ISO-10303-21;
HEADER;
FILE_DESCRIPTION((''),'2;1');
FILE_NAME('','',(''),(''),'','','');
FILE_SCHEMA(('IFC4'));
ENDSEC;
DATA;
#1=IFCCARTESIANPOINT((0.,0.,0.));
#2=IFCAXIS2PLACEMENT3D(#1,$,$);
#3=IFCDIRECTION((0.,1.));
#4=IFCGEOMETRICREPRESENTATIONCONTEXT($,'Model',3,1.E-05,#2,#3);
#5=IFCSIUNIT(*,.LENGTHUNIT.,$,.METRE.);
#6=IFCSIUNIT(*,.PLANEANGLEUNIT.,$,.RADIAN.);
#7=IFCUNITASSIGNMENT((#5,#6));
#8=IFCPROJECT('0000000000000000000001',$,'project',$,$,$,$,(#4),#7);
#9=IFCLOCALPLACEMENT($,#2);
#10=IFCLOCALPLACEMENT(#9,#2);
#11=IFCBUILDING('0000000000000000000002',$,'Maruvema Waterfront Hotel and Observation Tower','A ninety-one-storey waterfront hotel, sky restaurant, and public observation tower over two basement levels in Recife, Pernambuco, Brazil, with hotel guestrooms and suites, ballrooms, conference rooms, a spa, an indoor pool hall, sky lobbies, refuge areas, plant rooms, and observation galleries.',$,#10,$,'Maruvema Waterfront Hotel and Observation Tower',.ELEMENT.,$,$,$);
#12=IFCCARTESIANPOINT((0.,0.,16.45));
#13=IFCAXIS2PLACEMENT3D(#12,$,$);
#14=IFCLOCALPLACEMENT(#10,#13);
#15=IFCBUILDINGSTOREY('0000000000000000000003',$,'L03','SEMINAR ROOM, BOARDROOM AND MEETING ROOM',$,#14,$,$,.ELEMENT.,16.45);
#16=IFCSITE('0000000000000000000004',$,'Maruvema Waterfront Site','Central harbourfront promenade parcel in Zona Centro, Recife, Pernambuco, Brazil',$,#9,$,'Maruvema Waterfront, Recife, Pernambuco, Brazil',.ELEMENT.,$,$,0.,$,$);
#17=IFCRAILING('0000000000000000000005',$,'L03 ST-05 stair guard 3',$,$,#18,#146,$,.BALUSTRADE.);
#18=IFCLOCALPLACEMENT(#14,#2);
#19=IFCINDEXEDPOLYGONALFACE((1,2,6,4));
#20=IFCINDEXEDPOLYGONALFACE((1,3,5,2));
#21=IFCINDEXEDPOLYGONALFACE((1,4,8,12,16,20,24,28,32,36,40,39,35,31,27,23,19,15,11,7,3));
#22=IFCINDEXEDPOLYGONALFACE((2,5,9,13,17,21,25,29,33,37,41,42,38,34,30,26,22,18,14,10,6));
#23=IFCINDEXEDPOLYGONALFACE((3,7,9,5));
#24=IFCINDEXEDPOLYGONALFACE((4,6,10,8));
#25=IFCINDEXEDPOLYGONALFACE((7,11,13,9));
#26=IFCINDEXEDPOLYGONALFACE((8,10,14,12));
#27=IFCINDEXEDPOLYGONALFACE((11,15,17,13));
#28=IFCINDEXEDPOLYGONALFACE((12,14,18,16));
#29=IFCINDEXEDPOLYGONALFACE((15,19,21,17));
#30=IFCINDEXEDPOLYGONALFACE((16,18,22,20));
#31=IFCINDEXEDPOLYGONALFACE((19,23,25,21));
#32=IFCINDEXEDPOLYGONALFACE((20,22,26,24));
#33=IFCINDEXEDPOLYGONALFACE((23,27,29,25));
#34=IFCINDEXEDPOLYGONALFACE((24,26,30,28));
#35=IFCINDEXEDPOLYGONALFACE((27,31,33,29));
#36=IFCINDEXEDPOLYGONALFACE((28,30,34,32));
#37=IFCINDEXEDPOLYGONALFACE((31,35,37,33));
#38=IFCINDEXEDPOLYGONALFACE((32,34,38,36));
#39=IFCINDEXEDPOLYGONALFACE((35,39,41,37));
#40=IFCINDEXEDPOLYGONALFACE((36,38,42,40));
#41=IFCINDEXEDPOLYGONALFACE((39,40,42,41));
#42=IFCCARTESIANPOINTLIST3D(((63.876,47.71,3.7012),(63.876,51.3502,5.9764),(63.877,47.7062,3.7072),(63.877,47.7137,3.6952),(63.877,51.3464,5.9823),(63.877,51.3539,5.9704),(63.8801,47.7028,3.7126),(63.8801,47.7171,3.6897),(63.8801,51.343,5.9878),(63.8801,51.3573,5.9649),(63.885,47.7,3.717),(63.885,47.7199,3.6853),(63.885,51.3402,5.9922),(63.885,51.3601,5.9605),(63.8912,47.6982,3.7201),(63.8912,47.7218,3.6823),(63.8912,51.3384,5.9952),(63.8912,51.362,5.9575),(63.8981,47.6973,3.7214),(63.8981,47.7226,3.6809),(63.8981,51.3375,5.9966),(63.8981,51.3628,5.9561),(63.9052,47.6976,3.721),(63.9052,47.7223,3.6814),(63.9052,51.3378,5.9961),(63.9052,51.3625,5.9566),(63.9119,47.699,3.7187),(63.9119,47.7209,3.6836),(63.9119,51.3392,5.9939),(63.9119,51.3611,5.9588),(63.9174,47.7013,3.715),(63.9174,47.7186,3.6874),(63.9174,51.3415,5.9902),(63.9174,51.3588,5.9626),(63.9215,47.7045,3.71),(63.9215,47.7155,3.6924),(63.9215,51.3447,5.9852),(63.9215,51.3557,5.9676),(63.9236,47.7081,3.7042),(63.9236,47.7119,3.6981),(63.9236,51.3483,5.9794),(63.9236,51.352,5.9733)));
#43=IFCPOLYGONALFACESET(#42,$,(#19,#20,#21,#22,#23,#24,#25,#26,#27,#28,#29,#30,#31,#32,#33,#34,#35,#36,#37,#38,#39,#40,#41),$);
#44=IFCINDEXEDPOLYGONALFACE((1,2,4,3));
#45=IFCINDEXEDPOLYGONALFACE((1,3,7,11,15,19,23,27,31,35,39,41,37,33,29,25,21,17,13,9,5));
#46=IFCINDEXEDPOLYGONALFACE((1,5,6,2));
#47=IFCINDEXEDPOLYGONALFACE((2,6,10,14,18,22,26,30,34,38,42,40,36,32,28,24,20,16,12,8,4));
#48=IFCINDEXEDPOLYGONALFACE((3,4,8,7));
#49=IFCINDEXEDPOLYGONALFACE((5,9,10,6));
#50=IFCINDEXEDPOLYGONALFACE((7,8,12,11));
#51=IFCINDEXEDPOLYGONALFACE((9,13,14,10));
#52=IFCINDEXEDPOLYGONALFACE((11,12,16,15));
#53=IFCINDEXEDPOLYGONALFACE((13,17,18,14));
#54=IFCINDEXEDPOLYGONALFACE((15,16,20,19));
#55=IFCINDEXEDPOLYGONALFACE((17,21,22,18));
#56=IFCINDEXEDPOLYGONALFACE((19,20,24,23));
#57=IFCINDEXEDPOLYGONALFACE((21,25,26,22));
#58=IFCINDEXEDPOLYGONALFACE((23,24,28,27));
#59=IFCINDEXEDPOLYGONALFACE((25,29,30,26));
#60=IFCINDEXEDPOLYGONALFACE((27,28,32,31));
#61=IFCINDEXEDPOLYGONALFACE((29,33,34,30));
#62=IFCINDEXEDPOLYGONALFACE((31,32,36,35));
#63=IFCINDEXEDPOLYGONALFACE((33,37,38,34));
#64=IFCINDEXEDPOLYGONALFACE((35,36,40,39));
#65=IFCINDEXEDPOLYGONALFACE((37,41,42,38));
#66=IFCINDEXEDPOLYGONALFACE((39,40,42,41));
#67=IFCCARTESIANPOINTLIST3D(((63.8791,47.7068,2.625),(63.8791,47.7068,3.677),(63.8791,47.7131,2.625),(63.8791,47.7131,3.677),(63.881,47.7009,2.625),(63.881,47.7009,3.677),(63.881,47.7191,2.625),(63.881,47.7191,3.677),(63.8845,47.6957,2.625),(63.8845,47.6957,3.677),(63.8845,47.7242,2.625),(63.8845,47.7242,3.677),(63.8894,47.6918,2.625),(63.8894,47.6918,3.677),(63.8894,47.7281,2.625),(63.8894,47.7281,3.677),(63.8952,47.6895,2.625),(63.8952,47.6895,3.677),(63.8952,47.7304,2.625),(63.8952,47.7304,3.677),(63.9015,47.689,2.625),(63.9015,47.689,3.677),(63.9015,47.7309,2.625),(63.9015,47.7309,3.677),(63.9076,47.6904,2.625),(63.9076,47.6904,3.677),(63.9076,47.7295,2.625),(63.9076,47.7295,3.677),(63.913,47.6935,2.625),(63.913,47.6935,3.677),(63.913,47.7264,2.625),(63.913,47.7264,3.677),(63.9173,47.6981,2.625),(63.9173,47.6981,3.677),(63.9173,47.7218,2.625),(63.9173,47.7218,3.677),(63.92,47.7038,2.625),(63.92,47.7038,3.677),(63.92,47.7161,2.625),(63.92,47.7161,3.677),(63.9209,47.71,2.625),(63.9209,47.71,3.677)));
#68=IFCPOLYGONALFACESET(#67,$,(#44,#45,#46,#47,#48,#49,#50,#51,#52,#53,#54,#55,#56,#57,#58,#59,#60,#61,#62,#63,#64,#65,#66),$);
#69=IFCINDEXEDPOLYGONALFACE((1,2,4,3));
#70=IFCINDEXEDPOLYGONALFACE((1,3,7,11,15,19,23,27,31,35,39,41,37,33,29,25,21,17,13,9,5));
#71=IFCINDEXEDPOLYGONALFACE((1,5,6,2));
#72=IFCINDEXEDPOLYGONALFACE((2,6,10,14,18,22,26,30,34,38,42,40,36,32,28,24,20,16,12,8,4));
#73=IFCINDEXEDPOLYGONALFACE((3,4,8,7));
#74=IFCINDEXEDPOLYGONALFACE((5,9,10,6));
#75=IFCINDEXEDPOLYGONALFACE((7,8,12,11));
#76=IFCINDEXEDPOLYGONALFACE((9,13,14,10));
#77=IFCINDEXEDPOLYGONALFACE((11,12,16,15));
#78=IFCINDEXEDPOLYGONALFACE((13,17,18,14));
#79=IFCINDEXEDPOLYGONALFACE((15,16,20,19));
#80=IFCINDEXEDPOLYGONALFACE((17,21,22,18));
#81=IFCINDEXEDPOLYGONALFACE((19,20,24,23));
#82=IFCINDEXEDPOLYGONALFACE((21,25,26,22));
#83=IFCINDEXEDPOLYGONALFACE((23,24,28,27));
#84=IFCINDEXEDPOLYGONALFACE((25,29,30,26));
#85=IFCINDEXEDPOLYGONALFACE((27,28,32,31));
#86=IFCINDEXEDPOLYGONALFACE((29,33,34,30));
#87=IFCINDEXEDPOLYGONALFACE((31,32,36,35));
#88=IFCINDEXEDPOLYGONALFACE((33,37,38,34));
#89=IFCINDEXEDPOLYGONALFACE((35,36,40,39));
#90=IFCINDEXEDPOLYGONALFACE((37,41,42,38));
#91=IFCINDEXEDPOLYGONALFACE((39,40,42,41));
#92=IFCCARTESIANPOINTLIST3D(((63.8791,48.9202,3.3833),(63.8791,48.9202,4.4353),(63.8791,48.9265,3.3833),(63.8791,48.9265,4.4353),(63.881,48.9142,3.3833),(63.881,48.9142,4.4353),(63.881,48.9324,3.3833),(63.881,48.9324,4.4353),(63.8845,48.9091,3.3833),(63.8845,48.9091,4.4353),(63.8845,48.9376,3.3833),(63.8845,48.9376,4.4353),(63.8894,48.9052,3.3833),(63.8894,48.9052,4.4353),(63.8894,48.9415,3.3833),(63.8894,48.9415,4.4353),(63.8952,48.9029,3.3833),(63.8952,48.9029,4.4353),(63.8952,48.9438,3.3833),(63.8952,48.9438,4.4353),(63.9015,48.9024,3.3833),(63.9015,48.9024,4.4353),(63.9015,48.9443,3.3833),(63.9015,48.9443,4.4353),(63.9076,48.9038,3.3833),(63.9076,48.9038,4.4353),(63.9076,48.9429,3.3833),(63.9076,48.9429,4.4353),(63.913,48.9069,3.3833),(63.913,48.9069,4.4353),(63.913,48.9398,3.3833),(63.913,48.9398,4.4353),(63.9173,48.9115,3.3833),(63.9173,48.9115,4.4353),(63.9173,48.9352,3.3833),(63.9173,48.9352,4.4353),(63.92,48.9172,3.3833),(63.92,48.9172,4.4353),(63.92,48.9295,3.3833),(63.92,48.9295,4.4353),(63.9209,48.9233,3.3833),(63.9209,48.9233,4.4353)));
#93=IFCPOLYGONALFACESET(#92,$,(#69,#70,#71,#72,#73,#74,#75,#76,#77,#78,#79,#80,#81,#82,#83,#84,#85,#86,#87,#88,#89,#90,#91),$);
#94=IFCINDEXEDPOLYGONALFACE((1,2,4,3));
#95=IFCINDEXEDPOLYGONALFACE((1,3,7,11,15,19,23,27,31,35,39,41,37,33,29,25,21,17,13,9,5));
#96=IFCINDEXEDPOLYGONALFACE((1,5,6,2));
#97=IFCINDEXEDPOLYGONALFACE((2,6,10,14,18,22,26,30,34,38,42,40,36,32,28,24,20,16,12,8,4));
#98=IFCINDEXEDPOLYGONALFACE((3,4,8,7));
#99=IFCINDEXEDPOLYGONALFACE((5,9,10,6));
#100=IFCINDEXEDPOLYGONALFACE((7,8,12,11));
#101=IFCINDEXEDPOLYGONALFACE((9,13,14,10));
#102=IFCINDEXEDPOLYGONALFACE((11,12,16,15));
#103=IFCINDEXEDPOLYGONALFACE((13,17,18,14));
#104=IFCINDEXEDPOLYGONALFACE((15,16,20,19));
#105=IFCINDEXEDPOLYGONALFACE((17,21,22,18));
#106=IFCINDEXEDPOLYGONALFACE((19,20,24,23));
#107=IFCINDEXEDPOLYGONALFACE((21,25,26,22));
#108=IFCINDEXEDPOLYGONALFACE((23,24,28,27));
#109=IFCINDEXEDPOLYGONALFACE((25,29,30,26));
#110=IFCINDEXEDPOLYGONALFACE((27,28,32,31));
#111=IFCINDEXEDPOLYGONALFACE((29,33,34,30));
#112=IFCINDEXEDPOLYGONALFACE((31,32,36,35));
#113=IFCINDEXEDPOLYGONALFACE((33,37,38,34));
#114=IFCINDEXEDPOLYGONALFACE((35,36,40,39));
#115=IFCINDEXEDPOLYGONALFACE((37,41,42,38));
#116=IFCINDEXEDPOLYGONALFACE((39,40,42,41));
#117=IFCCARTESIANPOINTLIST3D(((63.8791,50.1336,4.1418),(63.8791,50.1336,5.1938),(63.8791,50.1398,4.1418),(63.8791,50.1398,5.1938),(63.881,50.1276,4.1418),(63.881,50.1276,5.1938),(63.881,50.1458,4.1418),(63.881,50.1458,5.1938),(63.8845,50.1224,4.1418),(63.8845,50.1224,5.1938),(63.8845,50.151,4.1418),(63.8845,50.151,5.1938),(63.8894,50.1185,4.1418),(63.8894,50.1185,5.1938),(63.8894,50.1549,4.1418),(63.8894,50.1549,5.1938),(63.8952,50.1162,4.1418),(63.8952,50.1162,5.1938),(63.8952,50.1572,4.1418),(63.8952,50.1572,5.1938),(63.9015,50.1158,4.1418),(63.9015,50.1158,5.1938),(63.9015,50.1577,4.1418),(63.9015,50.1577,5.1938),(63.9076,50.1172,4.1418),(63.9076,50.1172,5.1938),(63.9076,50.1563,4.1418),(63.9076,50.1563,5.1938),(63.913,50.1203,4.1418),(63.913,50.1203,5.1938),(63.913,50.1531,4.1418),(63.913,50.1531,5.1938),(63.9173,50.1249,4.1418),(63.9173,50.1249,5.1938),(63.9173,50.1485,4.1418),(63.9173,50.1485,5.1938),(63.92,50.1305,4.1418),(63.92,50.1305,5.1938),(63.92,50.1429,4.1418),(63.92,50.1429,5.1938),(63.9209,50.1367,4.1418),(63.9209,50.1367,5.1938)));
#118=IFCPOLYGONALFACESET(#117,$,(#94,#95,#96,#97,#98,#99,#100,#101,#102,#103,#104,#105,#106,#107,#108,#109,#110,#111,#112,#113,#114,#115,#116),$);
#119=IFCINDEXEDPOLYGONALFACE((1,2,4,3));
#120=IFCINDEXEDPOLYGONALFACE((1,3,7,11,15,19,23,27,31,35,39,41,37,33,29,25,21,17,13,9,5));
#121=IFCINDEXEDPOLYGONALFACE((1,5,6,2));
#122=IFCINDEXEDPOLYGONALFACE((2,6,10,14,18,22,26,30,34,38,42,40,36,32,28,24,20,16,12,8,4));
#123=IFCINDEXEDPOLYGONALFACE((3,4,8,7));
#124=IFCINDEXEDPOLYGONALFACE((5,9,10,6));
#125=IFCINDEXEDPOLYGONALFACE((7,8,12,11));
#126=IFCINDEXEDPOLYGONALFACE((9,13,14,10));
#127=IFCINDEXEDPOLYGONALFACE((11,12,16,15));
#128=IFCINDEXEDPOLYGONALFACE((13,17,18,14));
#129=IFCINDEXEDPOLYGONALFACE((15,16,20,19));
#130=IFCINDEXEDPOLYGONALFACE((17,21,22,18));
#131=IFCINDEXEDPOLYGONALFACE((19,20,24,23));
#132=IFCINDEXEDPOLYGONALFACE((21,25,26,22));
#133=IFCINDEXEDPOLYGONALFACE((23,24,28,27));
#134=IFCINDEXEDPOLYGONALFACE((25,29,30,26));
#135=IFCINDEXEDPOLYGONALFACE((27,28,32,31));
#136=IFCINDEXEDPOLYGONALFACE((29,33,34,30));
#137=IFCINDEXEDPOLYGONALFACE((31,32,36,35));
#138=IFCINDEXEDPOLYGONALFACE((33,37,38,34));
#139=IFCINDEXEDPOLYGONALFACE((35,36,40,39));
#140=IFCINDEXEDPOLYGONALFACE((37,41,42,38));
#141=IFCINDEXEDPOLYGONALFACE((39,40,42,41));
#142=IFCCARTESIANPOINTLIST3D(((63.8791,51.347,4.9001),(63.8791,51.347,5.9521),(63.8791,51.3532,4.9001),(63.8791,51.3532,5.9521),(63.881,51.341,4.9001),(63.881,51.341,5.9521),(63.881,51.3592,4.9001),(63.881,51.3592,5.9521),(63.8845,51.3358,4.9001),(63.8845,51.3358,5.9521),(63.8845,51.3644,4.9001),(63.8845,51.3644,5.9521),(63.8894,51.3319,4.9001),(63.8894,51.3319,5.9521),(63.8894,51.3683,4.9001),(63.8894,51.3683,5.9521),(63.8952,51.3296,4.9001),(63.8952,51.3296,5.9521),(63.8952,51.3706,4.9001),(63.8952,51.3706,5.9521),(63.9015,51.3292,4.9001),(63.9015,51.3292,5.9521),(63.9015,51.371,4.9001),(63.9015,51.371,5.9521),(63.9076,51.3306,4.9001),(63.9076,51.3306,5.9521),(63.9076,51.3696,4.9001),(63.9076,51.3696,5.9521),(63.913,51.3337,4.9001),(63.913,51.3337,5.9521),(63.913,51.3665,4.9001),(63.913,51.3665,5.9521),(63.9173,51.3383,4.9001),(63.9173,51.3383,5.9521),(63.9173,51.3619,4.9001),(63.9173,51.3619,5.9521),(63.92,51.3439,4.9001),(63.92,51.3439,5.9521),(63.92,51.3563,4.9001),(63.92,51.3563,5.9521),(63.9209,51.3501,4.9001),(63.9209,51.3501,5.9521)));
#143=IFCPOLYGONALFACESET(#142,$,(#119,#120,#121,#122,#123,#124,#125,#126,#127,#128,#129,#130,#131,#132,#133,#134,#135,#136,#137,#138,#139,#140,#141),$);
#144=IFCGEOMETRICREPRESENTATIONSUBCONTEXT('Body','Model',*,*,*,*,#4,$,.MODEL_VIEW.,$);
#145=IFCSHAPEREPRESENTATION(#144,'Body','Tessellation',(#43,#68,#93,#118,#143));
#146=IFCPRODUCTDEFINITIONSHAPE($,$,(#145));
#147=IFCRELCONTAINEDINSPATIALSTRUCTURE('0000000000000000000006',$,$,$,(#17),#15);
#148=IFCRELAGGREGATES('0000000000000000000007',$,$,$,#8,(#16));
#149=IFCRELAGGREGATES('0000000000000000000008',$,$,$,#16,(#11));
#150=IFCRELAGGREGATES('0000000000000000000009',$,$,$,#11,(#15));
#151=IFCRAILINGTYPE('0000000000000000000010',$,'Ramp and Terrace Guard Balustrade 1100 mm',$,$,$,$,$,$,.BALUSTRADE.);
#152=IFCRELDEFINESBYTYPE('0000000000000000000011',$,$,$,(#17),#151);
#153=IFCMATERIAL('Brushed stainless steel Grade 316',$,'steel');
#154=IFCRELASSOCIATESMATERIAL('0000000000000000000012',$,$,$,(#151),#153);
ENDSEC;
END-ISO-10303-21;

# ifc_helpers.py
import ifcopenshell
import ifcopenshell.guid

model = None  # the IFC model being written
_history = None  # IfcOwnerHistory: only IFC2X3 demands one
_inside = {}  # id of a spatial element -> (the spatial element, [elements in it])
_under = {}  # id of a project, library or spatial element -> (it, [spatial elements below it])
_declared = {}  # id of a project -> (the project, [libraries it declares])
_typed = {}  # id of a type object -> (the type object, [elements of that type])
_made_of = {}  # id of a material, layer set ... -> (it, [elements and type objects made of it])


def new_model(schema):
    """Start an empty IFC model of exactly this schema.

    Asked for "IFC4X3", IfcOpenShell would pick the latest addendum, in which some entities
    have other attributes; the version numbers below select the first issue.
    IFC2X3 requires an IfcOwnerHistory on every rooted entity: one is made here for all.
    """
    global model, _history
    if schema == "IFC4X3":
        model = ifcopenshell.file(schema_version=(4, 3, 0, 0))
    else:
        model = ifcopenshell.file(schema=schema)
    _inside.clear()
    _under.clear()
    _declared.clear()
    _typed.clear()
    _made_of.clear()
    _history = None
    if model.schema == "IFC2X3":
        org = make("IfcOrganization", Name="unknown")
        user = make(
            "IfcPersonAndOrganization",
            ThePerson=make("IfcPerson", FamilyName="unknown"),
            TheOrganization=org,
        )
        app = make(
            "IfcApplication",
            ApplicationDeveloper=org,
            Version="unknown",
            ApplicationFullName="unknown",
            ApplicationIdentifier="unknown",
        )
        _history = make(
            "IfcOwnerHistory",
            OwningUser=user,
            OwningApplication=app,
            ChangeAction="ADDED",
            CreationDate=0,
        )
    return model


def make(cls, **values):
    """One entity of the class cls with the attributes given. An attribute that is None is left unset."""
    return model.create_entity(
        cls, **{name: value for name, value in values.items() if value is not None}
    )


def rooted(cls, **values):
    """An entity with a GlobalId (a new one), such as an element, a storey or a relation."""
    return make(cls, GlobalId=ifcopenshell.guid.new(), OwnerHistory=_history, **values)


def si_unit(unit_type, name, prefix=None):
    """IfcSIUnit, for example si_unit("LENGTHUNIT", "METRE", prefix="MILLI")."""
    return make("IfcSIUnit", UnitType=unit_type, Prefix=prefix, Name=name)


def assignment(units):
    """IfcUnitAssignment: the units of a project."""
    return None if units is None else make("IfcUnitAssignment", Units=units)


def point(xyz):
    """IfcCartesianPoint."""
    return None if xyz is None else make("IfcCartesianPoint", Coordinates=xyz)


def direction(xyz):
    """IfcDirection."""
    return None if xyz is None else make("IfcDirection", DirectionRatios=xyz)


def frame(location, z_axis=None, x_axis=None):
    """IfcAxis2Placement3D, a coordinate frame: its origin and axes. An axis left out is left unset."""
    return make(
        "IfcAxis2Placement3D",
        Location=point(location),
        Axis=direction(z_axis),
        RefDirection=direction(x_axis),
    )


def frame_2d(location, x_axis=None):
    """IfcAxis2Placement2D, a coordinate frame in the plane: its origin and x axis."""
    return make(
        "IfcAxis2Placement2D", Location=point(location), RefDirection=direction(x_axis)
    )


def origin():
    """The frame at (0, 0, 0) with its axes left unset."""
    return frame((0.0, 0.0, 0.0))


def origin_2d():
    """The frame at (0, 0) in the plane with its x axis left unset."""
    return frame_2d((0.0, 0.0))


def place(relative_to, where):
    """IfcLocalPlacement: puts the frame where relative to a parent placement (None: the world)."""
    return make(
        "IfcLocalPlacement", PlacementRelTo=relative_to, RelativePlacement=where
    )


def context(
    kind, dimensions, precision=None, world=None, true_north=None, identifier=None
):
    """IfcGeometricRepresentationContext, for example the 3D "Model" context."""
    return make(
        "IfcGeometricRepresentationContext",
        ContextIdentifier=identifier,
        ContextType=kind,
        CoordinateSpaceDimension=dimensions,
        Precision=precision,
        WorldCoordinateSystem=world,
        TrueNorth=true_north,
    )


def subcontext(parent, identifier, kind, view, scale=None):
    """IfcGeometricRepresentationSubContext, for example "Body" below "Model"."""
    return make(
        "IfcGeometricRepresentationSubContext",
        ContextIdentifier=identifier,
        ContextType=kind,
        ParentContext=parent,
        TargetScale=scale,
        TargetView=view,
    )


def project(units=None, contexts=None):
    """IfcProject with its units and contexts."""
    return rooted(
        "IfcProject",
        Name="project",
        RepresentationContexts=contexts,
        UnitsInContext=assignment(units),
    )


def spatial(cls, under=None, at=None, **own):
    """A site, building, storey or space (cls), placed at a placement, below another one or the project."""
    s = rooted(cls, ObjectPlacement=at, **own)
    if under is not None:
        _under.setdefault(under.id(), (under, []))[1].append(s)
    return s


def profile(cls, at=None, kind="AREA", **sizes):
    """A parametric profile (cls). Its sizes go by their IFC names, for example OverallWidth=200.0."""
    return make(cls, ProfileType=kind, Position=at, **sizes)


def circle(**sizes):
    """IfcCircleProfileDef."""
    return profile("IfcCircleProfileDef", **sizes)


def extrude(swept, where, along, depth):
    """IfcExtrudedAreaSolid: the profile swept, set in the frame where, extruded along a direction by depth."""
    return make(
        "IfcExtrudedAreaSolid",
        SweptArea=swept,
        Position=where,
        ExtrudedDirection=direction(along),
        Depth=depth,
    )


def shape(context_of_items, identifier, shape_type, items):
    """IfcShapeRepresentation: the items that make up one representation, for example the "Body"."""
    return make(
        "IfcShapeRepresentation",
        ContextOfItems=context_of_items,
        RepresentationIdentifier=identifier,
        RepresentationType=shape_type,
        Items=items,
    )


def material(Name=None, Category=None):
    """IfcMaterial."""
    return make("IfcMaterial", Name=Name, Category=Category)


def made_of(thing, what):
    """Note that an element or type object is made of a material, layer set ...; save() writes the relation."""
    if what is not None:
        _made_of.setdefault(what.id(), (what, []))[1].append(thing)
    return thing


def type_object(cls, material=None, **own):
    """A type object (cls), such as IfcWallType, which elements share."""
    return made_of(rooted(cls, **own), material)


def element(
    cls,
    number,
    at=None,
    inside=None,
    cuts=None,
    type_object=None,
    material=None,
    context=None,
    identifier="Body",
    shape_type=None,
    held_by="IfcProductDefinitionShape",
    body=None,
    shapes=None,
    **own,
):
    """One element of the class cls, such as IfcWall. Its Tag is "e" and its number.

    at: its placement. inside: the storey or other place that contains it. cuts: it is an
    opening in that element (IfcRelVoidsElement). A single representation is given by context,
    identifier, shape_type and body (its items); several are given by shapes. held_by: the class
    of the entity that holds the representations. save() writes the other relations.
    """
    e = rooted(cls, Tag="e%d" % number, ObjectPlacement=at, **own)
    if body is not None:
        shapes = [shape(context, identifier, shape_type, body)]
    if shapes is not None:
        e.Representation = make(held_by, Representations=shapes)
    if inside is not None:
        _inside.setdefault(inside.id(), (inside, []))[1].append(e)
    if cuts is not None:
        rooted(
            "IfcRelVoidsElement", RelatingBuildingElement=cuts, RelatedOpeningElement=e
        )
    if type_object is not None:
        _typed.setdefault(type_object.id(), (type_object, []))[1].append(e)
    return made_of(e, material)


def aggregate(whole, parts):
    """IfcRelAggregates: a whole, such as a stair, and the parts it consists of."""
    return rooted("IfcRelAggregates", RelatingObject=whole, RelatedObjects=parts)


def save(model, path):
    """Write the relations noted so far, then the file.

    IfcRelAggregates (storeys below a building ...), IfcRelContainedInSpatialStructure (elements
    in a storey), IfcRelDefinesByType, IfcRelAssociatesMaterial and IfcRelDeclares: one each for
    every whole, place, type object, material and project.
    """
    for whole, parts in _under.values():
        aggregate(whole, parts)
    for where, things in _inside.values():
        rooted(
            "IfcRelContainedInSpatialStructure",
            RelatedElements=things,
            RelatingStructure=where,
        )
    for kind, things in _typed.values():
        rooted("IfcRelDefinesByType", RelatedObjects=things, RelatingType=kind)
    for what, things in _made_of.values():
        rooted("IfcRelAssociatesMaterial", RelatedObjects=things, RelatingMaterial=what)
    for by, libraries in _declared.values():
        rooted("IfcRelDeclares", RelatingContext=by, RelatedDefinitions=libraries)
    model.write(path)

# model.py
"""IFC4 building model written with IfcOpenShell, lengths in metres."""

from ifc_helpers import new_model, si_unit, direction, frame, origin, origin_2d, place, context, subcontext, project, spatial, circle, extrude, material, type_object, element, save


model = new_model("IFC4")

# Units and contexts
model_context = context("Model", 3, precision=1e-05, world=origin(), true_north=direction((0.0, 1.0)))
body_context = subcontext(model_context, "Body", "Model", "MODEL_VIEW")
ifc_project = project(units=[si_unit("LENGTHUNIT", "METRE"), si_unit("PLANEANGLEUNIT", "RADIAN")], contexts=[model_context])

# Site, building, storey
site_placement = place(None, origin())
site = spatial("IfcSite", under=ifc_project, at=site_placement, Name="Maruvema Waterfront Site", Description="Central harbourfront promenade parcel in Zona Centro, Recife, Pernambuco, Brazil", LongName="Maruvema Waterfront, Recife, Pernambuco, Brazil", CompositionType="ELEMENT", RefElevation=0.0)
building_placement = place(site_placement, origin())
building = spatial("IfcBuilding", under=site, at=building_placement, Name="Maruvema Waterfront Hotel and Observation Tower", Description="A ninety-one-storey waterfront hotel, sky restaurant, and public observation tower over two basement levels in Recife, Pernambuco, Brazil, with hotel guestrooms and suites, ballrooms, conference rooms, a spa, an indoor pool hall, sky lobbies, refuge areas, plant rooms, and observation galleries.", LongName="Maruvema Waterfront Hotel and Observation Tower", CompositionType="ELEMENT")
storey_placement = place(building_placement, frame((0.0, 0.0, 16.45)))
storey = spatial("IfcBuildingStorey", under=building, at=storey_placement, Name="L03", Description="SEMINAR ROOM, BOARDROOM AND MEETING ROOM", CompositionType="ELEMENT", Elevation=16.45)

# Railing
ifc_material_1 = material(Name="Brushed stainless steel Grade 316", Category="steel")
railing_type_1 = type_object("IfcRailingType", Name="Ramp and Terrace Guard Balustrade 1100 mm", PredefinedType="BALUSTRADE", material=ifc_material_1)
railing_1_placement = place(storey_placement, frame((63.8999, 47.71, 2.625)))
element("IfcRailing", 1, at=railing_1_placement, inside=storey, type_object=railing_type_1, Name="L03 ST-05 stair guard 3", PredefinedType="BALUSTRADE", context=body_context, shape_type="SweptSolid", body=[
    extrude(circle(Radius=0.0239, at=origin_2d()), frame((0.0, 0.0, 1.0762), z_axis=(0.0, 0.847992, 0.530009), x_axis=(-1.0, 0.0, 0.0)), (0.0, 0.0, 1.0), 4.2927),
    extrude(circle(Radius=0.021, at=origin_2d()), origin(), (0.0, 0.0, 1.0), 1.052),
    extrude(circle(Radius=0.021, at=origin_2d()), frame((0.0, 1.2134, 0.7583)), (0.0, 0.0, 1.0), 1.052),
    extrude(circle(Radius=0.021, at=origin_2d()), frame((0.0, 2.4268, 1.5168)), (0.0, 0.0, 1.0), 1.052),
    extrude(circle(Radius=0.021, at=origin_2d()), frame((0.0, 3.6401, 2.2751)), (0.0, 0.0, 1.0), 1.052),
])

save(model, "model.ifc")
